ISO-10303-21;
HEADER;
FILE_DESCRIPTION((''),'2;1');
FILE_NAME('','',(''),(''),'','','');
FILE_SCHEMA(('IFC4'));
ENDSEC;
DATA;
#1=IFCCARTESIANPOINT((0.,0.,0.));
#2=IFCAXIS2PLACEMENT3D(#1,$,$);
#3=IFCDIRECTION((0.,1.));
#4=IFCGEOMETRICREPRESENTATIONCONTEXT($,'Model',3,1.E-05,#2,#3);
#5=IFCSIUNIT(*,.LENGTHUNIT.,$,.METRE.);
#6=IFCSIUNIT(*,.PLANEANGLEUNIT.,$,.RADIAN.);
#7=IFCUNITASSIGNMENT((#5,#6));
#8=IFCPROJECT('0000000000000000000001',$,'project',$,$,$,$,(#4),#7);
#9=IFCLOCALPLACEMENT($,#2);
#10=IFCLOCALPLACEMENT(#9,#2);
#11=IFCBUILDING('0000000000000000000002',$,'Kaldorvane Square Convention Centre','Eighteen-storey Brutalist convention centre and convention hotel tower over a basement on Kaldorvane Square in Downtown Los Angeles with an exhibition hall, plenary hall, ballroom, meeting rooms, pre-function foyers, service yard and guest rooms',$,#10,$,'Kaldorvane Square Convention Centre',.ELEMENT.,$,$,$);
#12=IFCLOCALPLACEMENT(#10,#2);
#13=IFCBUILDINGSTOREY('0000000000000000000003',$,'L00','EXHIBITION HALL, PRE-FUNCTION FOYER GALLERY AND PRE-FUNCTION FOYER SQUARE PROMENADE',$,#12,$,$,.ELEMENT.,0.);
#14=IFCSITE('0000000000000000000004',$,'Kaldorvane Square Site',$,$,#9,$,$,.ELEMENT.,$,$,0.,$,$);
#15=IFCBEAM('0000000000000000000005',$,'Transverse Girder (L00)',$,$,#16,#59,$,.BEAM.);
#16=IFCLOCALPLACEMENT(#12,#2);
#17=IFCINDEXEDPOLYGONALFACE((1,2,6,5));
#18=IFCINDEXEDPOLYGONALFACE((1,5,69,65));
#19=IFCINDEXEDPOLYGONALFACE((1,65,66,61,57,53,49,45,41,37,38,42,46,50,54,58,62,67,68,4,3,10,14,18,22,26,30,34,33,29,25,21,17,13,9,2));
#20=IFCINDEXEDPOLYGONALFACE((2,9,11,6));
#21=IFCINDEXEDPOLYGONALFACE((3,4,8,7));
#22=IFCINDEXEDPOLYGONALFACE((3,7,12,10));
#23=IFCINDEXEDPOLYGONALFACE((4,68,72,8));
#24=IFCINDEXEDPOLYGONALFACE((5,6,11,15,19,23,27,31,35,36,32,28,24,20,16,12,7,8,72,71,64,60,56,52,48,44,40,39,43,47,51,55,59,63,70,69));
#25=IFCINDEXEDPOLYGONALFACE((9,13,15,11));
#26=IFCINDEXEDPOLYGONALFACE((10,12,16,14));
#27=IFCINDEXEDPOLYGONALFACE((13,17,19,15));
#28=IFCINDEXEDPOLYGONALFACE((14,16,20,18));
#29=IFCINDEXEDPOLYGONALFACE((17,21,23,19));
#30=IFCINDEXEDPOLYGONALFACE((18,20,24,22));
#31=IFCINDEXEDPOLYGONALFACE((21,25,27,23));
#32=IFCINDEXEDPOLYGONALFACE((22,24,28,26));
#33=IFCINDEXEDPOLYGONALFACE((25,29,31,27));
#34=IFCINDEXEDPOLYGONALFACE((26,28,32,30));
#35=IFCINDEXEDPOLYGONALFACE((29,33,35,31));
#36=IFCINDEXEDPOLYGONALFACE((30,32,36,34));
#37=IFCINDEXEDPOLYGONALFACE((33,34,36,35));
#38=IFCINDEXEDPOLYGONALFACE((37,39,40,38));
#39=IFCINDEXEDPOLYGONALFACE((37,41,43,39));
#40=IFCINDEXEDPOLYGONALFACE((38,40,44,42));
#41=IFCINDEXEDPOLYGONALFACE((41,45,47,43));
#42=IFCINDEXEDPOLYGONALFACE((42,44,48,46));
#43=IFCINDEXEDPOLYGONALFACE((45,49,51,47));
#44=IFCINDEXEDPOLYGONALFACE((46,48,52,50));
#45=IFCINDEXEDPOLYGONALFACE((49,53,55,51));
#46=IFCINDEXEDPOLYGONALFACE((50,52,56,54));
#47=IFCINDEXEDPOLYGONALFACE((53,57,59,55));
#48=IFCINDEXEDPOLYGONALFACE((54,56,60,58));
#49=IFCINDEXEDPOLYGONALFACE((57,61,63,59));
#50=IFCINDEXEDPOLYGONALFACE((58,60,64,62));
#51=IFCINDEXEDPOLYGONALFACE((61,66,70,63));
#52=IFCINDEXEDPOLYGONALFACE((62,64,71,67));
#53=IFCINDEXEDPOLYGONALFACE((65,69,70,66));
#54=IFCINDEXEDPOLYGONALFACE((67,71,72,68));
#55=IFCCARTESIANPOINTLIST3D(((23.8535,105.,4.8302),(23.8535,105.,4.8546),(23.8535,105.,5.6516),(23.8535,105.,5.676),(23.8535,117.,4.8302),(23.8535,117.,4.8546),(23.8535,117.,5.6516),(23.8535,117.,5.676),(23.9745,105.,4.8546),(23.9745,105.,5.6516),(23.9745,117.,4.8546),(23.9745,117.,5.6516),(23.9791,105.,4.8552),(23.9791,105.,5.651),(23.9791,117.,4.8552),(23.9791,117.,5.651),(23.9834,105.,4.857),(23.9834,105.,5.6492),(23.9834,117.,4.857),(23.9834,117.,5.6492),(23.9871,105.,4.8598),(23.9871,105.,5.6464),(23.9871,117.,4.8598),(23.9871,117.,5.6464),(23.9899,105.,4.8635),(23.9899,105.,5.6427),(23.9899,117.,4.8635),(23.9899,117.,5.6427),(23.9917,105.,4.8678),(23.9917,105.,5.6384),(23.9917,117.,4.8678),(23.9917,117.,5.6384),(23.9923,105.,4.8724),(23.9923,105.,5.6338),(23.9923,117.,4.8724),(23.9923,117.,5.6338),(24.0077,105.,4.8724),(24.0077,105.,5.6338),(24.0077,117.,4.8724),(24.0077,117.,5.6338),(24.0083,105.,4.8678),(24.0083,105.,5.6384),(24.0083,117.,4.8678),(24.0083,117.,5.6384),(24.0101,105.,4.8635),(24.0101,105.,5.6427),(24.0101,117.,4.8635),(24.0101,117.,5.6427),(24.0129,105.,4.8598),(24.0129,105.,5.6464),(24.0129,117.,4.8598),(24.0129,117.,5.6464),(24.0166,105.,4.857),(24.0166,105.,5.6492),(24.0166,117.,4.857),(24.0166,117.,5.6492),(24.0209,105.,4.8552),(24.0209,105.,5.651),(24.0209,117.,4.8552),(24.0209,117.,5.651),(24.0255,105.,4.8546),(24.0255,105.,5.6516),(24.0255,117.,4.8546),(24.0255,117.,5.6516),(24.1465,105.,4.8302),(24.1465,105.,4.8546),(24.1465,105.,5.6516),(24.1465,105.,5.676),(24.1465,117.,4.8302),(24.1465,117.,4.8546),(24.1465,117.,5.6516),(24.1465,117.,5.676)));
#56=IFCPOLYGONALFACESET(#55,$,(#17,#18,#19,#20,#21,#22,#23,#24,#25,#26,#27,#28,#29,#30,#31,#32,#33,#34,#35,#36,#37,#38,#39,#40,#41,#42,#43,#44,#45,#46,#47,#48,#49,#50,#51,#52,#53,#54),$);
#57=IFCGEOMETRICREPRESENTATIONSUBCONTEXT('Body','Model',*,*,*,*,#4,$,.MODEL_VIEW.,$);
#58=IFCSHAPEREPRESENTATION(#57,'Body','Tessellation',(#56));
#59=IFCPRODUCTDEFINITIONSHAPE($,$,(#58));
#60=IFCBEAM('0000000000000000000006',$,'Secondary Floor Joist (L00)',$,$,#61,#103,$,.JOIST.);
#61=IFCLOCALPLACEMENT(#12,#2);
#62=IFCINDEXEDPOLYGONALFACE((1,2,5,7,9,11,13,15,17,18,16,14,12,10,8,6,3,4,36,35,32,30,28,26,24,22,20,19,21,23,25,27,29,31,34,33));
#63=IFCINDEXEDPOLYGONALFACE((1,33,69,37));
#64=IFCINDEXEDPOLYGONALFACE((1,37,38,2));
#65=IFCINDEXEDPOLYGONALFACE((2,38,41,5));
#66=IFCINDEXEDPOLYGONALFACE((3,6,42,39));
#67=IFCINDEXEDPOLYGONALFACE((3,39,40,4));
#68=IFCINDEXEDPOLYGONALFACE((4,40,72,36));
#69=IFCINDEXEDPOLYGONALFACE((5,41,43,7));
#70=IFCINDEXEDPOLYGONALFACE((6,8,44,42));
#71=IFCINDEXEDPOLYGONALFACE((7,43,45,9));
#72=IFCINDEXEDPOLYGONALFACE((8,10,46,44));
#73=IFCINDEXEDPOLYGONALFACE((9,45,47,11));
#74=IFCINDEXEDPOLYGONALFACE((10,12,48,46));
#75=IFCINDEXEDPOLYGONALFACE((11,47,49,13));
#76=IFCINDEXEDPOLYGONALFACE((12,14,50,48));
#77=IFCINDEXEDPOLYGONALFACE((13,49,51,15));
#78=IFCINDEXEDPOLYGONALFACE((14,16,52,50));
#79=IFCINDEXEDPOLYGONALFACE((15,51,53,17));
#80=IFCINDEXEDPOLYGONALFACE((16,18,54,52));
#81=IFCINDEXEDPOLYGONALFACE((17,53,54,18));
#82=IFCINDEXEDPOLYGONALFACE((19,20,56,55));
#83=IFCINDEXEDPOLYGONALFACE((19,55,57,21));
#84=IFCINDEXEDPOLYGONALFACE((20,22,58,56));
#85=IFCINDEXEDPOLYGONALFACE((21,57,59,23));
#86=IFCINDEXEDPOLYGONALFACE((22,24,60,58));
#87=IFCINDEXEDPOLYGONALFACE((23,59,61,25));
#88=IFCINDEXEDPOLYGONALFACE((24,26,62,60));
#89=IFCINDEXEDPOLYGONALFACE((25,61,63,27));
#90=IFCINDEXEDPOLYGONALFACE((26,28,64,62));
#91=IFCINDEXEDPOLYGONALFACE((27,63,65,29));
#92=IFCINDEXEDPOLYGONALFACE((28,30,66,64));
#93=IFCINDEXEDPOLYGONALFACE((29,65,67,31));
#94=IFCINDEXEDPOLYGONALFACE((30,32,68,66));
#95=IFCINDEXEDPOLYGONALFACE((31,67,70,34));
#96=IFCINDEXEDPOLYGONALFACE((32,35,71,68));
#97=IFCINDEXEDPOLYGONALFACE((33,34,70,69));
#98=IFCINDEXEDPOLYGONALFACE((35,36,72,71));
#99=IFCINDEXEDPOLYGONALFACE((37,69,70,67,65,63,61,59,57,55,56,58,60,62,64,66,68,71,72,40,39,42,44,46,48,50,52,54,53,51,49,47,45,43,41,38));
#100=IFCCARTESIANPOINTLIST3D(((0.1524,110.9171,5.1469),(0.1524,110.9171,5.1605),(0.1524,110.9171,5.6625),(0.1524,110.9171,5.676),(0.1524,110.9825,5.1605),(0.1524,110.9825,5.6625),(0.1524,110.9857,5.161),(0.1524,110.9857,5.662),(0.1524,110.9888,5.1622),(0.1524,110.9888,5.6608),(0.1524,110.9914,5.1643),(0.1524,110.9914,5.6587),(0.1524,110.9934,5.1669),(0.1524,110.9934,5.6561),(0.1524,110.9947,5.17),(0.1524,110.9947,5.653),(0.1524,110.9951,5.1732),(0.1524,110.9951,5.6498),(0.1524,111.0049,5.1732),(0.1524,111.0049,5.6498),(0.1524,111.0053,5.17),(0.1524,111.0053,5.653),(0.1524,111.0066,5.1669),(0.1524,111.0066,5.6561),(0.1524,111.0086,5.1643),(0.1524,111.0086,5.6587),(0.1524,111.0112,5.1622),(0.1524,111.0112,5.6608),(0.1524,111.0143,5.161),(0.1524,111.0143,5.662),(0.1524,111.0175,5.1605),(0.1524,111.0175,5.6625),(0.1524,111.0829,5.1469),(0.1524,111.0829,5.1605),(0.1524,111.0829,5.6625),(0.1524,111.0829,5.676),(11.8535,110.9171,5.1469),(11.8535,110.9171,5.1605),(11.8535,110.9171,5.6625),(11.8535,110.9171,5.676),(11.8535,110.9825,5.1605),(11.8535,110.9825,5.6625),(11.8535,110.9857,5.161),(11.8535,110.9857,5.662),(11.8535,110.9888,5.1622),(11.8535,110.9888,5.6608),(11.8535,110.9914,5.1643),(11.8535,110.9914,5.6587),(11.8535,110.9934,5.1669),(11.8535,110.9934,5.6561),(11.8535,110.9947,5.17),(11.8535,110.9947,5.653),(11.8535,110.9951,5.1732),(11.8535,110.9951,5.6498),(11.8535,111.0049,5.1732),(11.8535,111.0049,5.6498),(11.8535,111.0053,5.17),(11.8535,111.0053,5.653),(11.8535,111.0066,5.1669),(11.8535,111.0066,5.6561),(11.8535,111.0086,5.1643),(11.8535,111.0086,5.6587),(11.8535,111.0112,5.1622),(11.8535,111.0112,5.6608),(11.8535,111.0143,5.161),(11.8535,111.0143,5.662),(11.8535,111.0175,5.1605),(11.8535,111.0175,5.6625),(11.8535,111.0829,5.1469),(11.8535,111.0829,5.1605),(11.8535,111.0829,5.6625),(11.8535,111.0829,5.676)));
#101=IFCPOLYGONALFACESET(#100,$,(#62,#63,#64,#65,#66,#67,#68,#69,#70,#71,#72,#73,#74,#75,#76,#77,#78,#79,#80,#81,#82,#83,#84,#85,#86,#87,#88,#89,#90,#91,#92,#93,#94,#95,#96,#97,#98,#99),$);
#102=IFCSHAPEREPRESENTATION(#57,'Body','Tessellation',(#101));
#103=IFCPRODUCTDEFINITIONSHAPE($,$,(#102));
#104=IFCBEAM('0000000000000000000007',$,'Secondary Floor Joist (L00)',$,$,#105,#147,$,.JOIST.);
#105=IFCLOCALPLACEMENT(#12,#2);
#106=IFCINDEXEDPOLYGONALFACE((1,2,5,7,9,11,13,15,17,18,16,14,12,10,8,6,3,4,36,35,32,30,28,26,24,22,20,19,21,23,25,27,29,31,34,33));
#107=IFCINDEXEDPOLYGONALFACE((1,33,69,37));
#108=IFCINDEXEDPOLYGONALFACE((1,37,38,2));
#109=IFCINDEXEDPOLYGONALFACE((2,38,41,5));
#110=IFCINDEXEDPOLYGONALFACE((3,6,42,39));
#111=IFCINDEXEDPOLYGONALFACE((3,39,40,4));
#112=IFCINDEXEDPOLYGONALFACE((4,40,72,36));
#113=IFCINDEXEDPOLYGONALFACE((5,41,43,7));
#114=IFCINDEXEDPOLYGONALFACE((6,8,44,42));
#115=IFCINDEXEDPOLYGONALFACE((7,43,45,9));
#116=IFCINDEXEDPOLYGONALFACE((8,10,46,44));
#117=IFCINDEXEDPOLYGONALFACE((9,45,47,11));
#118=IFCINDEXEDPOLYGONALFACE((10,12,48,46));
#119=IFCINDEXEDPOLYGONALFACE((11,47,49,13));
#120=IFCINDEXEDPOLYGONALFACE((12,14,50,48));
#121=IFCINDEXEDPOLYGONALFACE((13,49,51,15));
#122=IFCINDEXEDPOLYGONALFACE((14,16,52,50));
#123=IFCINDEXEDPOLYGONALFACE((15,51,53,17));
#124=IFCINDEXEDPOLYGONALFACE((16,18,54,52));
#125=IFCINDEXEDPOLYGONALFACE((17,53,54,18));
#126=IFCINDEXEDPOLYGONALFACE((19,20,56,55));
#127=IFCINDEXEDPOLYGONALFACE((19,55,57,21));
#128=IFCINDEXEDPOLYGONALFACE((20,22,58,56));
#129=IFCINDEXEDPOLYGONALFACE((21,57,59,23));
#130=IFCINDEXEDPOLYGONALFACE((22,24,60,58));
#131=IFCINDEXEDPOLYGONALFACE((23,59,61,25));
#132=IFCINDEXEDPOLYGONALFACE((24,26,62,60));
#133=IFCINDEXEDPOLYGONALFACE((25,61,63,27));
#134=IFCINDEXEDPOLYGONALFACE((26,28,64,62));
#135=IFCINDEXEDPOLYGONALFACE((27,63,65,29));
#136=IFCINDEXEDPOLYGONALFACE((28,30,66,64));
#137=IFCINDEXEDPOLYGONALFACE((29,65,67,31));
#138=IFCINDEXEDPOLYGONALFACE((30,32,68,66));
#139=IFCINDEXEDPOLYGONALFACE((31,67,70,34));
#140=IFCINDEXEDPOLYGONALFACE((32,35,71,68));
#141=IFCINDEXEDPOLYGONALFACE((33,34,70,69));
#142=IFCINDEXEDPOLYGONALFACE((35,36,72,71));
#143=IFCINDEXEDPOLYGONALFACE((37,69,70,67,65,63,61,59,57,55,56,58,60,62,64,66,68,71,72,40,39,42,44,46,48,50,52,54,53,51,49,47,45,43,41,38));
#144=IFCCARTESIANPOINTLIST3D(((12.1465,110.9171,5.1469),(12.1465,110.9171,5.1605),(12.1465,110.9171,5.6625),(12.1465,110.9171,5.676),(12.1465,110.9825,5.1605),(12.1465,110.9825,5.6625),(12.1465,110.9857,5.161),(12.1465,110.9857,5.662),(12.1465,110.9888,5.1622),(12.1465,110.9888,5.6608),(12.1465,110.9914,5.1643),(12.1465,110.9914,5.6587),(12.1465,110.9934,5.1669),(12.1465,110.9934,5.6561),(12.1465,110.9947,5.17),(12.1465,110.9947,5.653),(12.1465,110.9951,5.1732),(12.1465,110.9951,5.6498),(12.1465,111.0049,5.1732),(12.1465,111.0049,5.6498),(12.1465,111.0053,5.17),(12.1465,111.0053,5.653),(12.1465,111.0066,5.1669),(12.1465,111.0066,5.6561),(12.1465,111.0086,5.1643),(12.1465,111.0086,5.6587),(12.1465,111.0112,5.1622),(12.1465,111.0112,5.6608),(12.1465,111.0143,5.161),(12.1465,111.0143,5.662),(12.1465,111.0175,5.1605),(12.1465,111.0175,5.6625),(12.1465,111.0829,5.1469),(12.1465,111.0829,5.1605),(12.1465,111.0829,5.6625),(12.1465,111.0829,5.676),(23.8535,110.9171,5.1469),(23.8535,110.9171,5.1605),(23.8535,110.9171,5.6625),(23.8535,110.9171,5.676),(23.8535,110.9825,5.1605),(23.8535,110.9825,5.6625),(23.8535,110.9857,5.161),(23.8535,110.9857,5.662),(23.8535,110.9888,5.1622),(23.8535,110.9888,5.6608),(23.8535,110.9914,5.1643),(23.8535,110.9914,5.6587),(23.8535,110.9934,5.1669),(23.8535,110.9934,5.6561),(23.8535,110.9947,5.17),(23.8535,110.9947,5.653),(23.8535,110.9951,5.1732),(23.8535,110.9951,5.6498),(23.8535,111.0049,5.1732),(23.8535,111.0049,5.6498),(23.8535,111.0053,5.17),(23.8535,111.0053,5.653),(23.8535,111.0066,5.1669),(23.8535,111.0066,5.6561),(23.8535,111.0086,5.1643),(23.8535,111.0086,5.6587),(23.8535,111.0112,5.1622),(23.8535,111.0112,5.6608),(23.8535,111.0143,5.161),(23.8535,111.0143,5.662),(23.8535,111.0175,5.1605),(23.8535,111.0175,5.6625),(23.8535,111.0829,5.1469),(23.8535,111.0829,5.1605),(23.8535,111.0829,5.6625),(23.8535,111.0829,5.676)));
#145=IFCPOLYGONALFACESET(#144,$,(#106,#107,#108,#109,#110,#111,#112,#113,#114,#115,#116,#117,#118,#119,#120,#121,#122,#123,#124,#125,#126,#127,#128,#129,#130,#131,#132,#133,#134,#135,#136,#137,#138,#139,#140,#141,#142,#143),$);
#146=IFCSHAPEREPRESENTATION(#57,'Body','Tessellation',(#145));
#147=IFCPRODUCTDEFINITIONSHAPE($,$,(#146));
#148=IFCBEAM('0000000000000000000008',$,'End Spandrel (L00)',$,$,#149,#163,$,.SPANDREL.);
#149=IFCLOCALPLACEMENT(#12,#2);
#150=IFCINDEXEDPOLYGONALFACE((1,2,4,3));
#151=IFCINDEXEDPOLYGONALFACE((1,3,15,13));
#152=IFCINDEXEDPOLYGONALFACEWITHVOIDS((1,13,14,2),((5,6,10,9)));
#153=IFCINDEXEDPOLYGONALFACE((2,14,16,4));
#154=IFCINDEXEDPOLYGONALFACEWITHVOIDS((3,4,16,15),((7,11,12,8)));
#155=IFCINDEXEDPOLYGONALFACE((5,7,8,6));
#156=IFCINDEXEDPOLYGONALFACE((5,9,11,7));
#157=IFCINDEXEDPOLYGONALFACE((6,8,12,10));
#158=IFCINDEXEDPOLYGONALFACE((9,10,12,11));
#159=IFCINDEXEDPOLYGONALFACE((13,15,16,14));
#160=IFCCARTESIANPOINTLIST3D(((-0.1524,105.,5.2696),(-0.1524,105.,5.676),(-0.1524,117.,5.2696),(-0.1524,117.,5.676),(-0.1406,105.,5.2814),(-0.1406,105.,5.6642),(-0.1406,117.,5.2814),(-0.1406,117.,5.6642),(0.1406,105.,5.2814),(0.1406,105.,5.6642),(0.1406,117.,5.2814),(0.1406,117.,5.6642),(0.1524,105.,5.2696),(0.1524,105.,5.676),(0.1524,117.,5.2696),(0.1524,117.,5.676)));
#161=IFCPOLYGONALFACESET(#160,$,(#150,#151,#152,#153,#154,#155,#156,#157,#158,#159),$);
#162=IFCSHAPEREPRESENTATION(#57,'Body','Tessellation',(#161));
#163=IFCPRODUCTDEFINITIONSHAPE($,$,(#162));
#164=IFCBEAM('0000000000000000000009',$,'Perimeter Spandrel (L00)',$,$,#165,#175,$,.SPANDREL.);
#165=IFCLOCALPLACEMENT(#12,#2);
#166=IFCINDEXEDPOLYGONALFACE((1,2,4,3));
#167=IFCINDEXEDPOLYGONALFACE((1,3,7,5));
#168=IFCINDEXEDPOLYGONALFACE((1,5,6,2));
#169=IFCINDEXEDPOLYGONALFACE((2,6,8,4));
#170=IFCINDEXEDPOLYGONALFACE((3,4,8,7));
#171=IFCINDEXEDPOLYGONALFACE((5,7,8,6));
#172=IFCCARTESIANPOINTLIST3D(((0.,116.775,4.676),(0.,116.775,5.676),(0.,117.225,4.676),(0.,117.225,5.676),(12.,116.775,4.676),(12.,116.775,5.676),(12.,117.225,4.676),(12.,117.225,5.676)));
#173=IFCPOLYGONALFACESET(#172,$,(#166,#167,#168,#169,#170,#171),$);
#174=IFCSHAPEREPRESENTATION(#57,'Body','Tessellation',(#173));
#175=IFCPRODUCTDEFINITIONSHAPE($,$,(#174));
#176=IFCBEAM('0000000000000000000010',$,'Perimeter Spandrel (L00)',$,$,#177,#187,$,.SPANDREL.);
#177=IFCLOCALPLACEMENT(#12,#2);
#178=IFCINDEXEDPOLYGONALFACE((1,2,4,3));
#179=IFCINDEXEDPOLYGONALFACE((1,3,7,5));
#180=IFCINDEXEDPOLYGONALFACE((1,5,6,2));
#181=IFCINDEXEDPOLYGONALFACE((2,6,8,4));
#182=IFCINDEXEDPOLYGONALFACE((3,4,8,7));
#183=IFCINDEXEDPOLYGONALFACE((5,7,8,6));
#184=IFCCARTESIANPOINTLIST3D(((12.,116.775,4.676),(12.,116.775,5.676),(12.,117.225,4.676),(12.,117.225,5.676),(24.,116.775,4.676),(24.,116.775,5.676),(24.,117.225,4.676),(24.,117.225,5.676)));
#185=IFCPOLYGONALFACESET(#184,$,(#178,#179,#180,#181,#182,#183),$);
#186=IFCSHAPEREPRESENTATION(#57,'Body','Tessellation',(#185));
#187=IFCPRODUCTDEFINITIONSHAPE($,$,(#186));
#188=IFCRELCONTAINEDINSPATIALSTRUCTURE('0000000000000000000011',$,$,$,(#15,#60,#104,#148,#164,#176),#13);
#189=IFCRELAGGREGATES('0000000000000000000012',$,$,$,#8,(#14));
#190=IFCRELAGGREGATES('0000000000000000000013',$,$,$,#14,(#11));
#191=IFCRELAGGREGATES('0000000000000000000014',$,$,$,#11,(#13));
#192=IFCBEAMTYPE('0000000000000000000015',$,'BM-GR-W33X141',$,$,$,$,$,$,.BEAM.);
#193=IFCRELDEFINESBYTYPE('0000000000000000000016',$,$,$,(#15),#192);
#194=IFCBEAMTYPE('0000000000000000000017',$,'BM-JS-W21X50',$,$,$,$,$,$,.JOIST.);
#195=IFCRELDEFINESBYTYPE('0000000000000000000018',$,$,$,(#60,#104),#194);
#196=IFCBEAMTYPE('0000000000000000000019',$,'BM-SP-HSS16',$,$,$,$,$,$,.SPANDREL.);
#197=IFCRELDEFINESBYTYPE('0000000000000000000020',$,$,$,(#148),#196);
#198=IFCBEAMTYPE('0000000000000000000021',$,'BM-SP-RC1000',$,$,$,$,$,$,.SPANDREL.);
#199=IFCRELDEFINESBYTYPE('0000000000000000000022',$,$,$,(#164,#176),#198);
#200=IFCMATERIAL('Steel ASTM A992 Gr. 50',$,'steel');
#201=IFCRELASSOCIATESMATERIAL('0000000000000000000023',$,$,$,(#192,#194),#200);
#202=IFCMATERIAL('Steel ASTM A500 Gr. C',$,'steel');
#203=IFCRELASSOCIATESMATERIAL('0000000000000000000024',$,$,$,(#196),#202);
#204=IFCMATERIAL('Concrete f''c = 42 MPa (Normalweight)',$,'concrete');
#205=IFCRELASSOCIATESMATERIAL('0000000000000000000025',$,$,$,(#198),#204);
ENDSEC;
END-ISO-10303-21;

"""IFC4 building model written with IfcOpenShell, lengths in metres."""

from ifc_helpers import new_model, si_unit, direction, frame, origin, origin_2d, place, context, subcontext, project, spatial, rectangle, hollow_rectangle, i_section, extrude, material, material_profile, profile_set, type_object, element, save


model = new_model("IFC4")

# Units and contexts
model_context = context("Model", 3, precision=1e-05, world=origin(), true_north=direction((0.0, 1.0)))
body_context = subcontext(model_context, "Body", "Model", "MODEL_VIEW")
ifc_project = project(units=[si_unit("LENGTHUNIT", "METRE"), si_unit("PLANEANGLEUNIT", "RADIAN")], contexts=[model_context])

# Site, building, storey
site_placement = place(None, origin())
site = spatial("IfcSite", under=ifc_project, at=site_placement, Name="Kaldorvane Square Site", CompositionType="ELEMENT", RefElevation=0.0)
building_placement = place(site_placement, origin())
building = spatial("IfcBuilding", under=site, at=building_placement, Name="Kaldorvane Square Convention Centre", Description="Eighteen-storey Brutalist convention centre and convention hotel tower over a basement on Kaldorvane Square in Downtown Los Angeles with an exhibition hall, plenary hall, ballroom, meeting rooms, pre-function foyers, service yard and guest rooms", LongName="Kaldorvane Square Convention Centre", CompositionType="ELEMENT")
storey_placement = place(building_placement, origin())
storey = spatial("IfcBuildingStorey", under=building, at=storey_placement, Name="L00", Description="EXHIBITION HALL, PRE-FUNCTION FOYER GALLERY AND PRE-FUNCTION FOYER SQUARE PROMENADE", CompositionType="ELEMENT", Elevation=0.0)

# Shared definitions
ifc_material_1 = material(Name="Steel ASTM A992 Gr. 50", Category="steel")

# Beams
ifc_material_profile_1 = material_profile(ifc_material_1, i_section(OverallWidth=0.293, OverallDepth=0.8458, WebThickness=0.0154, FlangeThickness=0.0244, FilletRadius=0.0178, at=origin_2d()), Name="W33X141")
ifc_profile_set_1 = profile_set([ifc_material_profile_1], Name="Steel ASTM A992 Gr. 50")
beam_type_1 = type_object("IfcBeamType", Name="BM-GR-W33X141", PredefinedType="BEAM", material=ifc_profile_set_1)
for number, where, z_axis, x_axis, name in (
    (1, (24.0, 105.0, 5.2531), (0.0, 1.0, 0.0), (-1.0, 0.0, 0.0), "Transverse Girder (L00)"),
):
    element("IfcBeam", number, at=place(storey_placement, frame(where, z_axis=z_axis, x_axis=x_axis)), inside=storey, type_object=beam_type_1, Name=name, PredefinedType="BEAM", context=body_context, shape_type="SweptSolid", body=[
        extrude(i_section(OverallWidth=0.293, OverallDepth=0.8458, WebThickness=0.0154, FlangeThickness=0.0244, FilletRadius=0.0178, at=origin_2d()), origin(), (0.0, 0.0, 1.0), 12.0),
    ])
ifc_material_profile_2 = material_profile(ifc_material_1, i_section(OverallWidth=0.1659, OverallDepth=0.5291, WebThickness=0.0097, FlangeThickness=0.0136, FilletRadius=0.0127, at=origin_2d()), Name="W21X50")
ifc_profile_set_2 = profile_set([ifc_material_profile_2], Name="Steel ASTM A992 Gr. 50")
beam_type_2 = type_object("IfcBeamType", Name="BM-JS-W21X50", PredefinedType="JOIST", material=ifc_profile_set_2)
beam_1_placement = place(storey_placement, frame((0.1524, 111.0, 5.4115), z_axis=(1.0, 0.0, 0.0), x_axis=(0.0, 1.0, 0.0)))
element("IfcBeam", 2, at=beam_1_placement, inside=storey, type_object=beam_type_2, Name="Secondary Floor Joist (L00)", PredefinedType="JOIST", context=body_context, shape_type="SweptSolid", body=[
    extrude(i_section(OverallWidth=0.1659, OverallDepth=0.5291, WebThickness=0.0097, FlangeThickness=0.0136, FilletRadius=0.0127, at=origin_2d()), origin(), (0.0, 0.0, 1.0), 11.7011),
])
beam_2_placement = place(storey_placement, frame((12.1465, 111.0, 5.4115), z_axis=(1.0, 0.0, 0.0), x_axis=(0.0, 1.0, 0.0)))
element("IfcBeam", 3, at=beam_2_placement, inside=storey, type_object=beam_type_2, Name="Secondary Floor Joist (L00)", PredefinedType="JOIST", context=body_context, shape_type="SweptSolid", body=[
    extrude(i_section(OverallWidth=0.1659, OverallDepth=0.5291, WebThickness=0.0097, FlangeThickness=0.0136, FilletRadius=0.0127, at=origin_2d()), origin(), (0.0, 0.0, 1.0), 11.707),
])
ifc_material_2 = material(Name="Steel ASTM A500 Gr. C", Category="steel")
ifc_material_profile_3 = material_profile(ifc_material_2, hollow_rectangle(XDim=0.3048, YDim=0.4064, WallThickness=0.0118, at=origin_2d()), Name="HSS16X12X1/2")
ifc_profile_set_3 = profile_set([ifc_material_profile_3], Name="Steel ASTM A500 Gr. C")
beam_type_3 = type_object("IfcBeamType", Name="BM-SP-HSS16", PredefinedType="SPANDREL", material=ifc_profile_set_3)
beam_3_placement = place(storey_placement, frame((0.0, 105.0, 5.4728), z_axis=(0.0, 1.0, 0.0), x_axis=(-1.0, 0.0, 0.0)))
element("IfcBeam", 4, at=beam_3_placement, inside=storey, type_object=beam_type_3, Name="End Spandrel (L00)", PredefinedType="SPANDREL", context=body_context, shape_type="SweptSolid", body=[
    extrude(hollow_rectangle(XDim=0.3048, YDim=0.4064, WallThickness=0.0118, at=origin_2d()), origin(), (0.0, 0.0, 1.0), 12.0),
])
ifc_material_3 = material(Name="Concrete f'c = 42 MPa (Normalweight)", Category="concrete")
ifc_material_profile_4 = material_profile(ifc_material_3, rectangle(XDim=0.45, YDim=1.0, at=origin_2d()), Name="RCSP1000X450")
ifc_profile_set_4 = profile_set([ifc_material_profile_4], Name="Concrete f'c = 42 MPa (Normalweight)")
beam_type_4 = type_object("IfcBeamType", Name="BM-SP-RC1000", PredefinedType="SPANDREL", material=ifc_profile_set_4)
for number, where, z_axis, x_axis, name in (
    (5, (0.0, 117.0, 5.176), (1.0, 0.0, 0.0), (0.0, 1.0, 0.0), "Perimeter Spandrel (L00)"),
    (6, (12.0, 117.0, 5.176), (1.0, 0.0, 0.0), (0.0, 1.0, 0.0), "Perimeter Spandrel (L00)"),
):
    element("IfcBeam", number, at=place(storey_placement, frame(where, z_axis=z_axis, x_axis=x_axis)), inside=storey, type_object=beam_type_4, Name=name, PredefinedType="SPANDREL", context=body_context, shape_type="SweptSolid", body=[
        extrude(rectangle(XDim=0.45, YDim=1.0, at=origin_2d()), origin(), (0.0, 0.0, 1.0), 12.0),
    ])

save(model, "model.ifc")
